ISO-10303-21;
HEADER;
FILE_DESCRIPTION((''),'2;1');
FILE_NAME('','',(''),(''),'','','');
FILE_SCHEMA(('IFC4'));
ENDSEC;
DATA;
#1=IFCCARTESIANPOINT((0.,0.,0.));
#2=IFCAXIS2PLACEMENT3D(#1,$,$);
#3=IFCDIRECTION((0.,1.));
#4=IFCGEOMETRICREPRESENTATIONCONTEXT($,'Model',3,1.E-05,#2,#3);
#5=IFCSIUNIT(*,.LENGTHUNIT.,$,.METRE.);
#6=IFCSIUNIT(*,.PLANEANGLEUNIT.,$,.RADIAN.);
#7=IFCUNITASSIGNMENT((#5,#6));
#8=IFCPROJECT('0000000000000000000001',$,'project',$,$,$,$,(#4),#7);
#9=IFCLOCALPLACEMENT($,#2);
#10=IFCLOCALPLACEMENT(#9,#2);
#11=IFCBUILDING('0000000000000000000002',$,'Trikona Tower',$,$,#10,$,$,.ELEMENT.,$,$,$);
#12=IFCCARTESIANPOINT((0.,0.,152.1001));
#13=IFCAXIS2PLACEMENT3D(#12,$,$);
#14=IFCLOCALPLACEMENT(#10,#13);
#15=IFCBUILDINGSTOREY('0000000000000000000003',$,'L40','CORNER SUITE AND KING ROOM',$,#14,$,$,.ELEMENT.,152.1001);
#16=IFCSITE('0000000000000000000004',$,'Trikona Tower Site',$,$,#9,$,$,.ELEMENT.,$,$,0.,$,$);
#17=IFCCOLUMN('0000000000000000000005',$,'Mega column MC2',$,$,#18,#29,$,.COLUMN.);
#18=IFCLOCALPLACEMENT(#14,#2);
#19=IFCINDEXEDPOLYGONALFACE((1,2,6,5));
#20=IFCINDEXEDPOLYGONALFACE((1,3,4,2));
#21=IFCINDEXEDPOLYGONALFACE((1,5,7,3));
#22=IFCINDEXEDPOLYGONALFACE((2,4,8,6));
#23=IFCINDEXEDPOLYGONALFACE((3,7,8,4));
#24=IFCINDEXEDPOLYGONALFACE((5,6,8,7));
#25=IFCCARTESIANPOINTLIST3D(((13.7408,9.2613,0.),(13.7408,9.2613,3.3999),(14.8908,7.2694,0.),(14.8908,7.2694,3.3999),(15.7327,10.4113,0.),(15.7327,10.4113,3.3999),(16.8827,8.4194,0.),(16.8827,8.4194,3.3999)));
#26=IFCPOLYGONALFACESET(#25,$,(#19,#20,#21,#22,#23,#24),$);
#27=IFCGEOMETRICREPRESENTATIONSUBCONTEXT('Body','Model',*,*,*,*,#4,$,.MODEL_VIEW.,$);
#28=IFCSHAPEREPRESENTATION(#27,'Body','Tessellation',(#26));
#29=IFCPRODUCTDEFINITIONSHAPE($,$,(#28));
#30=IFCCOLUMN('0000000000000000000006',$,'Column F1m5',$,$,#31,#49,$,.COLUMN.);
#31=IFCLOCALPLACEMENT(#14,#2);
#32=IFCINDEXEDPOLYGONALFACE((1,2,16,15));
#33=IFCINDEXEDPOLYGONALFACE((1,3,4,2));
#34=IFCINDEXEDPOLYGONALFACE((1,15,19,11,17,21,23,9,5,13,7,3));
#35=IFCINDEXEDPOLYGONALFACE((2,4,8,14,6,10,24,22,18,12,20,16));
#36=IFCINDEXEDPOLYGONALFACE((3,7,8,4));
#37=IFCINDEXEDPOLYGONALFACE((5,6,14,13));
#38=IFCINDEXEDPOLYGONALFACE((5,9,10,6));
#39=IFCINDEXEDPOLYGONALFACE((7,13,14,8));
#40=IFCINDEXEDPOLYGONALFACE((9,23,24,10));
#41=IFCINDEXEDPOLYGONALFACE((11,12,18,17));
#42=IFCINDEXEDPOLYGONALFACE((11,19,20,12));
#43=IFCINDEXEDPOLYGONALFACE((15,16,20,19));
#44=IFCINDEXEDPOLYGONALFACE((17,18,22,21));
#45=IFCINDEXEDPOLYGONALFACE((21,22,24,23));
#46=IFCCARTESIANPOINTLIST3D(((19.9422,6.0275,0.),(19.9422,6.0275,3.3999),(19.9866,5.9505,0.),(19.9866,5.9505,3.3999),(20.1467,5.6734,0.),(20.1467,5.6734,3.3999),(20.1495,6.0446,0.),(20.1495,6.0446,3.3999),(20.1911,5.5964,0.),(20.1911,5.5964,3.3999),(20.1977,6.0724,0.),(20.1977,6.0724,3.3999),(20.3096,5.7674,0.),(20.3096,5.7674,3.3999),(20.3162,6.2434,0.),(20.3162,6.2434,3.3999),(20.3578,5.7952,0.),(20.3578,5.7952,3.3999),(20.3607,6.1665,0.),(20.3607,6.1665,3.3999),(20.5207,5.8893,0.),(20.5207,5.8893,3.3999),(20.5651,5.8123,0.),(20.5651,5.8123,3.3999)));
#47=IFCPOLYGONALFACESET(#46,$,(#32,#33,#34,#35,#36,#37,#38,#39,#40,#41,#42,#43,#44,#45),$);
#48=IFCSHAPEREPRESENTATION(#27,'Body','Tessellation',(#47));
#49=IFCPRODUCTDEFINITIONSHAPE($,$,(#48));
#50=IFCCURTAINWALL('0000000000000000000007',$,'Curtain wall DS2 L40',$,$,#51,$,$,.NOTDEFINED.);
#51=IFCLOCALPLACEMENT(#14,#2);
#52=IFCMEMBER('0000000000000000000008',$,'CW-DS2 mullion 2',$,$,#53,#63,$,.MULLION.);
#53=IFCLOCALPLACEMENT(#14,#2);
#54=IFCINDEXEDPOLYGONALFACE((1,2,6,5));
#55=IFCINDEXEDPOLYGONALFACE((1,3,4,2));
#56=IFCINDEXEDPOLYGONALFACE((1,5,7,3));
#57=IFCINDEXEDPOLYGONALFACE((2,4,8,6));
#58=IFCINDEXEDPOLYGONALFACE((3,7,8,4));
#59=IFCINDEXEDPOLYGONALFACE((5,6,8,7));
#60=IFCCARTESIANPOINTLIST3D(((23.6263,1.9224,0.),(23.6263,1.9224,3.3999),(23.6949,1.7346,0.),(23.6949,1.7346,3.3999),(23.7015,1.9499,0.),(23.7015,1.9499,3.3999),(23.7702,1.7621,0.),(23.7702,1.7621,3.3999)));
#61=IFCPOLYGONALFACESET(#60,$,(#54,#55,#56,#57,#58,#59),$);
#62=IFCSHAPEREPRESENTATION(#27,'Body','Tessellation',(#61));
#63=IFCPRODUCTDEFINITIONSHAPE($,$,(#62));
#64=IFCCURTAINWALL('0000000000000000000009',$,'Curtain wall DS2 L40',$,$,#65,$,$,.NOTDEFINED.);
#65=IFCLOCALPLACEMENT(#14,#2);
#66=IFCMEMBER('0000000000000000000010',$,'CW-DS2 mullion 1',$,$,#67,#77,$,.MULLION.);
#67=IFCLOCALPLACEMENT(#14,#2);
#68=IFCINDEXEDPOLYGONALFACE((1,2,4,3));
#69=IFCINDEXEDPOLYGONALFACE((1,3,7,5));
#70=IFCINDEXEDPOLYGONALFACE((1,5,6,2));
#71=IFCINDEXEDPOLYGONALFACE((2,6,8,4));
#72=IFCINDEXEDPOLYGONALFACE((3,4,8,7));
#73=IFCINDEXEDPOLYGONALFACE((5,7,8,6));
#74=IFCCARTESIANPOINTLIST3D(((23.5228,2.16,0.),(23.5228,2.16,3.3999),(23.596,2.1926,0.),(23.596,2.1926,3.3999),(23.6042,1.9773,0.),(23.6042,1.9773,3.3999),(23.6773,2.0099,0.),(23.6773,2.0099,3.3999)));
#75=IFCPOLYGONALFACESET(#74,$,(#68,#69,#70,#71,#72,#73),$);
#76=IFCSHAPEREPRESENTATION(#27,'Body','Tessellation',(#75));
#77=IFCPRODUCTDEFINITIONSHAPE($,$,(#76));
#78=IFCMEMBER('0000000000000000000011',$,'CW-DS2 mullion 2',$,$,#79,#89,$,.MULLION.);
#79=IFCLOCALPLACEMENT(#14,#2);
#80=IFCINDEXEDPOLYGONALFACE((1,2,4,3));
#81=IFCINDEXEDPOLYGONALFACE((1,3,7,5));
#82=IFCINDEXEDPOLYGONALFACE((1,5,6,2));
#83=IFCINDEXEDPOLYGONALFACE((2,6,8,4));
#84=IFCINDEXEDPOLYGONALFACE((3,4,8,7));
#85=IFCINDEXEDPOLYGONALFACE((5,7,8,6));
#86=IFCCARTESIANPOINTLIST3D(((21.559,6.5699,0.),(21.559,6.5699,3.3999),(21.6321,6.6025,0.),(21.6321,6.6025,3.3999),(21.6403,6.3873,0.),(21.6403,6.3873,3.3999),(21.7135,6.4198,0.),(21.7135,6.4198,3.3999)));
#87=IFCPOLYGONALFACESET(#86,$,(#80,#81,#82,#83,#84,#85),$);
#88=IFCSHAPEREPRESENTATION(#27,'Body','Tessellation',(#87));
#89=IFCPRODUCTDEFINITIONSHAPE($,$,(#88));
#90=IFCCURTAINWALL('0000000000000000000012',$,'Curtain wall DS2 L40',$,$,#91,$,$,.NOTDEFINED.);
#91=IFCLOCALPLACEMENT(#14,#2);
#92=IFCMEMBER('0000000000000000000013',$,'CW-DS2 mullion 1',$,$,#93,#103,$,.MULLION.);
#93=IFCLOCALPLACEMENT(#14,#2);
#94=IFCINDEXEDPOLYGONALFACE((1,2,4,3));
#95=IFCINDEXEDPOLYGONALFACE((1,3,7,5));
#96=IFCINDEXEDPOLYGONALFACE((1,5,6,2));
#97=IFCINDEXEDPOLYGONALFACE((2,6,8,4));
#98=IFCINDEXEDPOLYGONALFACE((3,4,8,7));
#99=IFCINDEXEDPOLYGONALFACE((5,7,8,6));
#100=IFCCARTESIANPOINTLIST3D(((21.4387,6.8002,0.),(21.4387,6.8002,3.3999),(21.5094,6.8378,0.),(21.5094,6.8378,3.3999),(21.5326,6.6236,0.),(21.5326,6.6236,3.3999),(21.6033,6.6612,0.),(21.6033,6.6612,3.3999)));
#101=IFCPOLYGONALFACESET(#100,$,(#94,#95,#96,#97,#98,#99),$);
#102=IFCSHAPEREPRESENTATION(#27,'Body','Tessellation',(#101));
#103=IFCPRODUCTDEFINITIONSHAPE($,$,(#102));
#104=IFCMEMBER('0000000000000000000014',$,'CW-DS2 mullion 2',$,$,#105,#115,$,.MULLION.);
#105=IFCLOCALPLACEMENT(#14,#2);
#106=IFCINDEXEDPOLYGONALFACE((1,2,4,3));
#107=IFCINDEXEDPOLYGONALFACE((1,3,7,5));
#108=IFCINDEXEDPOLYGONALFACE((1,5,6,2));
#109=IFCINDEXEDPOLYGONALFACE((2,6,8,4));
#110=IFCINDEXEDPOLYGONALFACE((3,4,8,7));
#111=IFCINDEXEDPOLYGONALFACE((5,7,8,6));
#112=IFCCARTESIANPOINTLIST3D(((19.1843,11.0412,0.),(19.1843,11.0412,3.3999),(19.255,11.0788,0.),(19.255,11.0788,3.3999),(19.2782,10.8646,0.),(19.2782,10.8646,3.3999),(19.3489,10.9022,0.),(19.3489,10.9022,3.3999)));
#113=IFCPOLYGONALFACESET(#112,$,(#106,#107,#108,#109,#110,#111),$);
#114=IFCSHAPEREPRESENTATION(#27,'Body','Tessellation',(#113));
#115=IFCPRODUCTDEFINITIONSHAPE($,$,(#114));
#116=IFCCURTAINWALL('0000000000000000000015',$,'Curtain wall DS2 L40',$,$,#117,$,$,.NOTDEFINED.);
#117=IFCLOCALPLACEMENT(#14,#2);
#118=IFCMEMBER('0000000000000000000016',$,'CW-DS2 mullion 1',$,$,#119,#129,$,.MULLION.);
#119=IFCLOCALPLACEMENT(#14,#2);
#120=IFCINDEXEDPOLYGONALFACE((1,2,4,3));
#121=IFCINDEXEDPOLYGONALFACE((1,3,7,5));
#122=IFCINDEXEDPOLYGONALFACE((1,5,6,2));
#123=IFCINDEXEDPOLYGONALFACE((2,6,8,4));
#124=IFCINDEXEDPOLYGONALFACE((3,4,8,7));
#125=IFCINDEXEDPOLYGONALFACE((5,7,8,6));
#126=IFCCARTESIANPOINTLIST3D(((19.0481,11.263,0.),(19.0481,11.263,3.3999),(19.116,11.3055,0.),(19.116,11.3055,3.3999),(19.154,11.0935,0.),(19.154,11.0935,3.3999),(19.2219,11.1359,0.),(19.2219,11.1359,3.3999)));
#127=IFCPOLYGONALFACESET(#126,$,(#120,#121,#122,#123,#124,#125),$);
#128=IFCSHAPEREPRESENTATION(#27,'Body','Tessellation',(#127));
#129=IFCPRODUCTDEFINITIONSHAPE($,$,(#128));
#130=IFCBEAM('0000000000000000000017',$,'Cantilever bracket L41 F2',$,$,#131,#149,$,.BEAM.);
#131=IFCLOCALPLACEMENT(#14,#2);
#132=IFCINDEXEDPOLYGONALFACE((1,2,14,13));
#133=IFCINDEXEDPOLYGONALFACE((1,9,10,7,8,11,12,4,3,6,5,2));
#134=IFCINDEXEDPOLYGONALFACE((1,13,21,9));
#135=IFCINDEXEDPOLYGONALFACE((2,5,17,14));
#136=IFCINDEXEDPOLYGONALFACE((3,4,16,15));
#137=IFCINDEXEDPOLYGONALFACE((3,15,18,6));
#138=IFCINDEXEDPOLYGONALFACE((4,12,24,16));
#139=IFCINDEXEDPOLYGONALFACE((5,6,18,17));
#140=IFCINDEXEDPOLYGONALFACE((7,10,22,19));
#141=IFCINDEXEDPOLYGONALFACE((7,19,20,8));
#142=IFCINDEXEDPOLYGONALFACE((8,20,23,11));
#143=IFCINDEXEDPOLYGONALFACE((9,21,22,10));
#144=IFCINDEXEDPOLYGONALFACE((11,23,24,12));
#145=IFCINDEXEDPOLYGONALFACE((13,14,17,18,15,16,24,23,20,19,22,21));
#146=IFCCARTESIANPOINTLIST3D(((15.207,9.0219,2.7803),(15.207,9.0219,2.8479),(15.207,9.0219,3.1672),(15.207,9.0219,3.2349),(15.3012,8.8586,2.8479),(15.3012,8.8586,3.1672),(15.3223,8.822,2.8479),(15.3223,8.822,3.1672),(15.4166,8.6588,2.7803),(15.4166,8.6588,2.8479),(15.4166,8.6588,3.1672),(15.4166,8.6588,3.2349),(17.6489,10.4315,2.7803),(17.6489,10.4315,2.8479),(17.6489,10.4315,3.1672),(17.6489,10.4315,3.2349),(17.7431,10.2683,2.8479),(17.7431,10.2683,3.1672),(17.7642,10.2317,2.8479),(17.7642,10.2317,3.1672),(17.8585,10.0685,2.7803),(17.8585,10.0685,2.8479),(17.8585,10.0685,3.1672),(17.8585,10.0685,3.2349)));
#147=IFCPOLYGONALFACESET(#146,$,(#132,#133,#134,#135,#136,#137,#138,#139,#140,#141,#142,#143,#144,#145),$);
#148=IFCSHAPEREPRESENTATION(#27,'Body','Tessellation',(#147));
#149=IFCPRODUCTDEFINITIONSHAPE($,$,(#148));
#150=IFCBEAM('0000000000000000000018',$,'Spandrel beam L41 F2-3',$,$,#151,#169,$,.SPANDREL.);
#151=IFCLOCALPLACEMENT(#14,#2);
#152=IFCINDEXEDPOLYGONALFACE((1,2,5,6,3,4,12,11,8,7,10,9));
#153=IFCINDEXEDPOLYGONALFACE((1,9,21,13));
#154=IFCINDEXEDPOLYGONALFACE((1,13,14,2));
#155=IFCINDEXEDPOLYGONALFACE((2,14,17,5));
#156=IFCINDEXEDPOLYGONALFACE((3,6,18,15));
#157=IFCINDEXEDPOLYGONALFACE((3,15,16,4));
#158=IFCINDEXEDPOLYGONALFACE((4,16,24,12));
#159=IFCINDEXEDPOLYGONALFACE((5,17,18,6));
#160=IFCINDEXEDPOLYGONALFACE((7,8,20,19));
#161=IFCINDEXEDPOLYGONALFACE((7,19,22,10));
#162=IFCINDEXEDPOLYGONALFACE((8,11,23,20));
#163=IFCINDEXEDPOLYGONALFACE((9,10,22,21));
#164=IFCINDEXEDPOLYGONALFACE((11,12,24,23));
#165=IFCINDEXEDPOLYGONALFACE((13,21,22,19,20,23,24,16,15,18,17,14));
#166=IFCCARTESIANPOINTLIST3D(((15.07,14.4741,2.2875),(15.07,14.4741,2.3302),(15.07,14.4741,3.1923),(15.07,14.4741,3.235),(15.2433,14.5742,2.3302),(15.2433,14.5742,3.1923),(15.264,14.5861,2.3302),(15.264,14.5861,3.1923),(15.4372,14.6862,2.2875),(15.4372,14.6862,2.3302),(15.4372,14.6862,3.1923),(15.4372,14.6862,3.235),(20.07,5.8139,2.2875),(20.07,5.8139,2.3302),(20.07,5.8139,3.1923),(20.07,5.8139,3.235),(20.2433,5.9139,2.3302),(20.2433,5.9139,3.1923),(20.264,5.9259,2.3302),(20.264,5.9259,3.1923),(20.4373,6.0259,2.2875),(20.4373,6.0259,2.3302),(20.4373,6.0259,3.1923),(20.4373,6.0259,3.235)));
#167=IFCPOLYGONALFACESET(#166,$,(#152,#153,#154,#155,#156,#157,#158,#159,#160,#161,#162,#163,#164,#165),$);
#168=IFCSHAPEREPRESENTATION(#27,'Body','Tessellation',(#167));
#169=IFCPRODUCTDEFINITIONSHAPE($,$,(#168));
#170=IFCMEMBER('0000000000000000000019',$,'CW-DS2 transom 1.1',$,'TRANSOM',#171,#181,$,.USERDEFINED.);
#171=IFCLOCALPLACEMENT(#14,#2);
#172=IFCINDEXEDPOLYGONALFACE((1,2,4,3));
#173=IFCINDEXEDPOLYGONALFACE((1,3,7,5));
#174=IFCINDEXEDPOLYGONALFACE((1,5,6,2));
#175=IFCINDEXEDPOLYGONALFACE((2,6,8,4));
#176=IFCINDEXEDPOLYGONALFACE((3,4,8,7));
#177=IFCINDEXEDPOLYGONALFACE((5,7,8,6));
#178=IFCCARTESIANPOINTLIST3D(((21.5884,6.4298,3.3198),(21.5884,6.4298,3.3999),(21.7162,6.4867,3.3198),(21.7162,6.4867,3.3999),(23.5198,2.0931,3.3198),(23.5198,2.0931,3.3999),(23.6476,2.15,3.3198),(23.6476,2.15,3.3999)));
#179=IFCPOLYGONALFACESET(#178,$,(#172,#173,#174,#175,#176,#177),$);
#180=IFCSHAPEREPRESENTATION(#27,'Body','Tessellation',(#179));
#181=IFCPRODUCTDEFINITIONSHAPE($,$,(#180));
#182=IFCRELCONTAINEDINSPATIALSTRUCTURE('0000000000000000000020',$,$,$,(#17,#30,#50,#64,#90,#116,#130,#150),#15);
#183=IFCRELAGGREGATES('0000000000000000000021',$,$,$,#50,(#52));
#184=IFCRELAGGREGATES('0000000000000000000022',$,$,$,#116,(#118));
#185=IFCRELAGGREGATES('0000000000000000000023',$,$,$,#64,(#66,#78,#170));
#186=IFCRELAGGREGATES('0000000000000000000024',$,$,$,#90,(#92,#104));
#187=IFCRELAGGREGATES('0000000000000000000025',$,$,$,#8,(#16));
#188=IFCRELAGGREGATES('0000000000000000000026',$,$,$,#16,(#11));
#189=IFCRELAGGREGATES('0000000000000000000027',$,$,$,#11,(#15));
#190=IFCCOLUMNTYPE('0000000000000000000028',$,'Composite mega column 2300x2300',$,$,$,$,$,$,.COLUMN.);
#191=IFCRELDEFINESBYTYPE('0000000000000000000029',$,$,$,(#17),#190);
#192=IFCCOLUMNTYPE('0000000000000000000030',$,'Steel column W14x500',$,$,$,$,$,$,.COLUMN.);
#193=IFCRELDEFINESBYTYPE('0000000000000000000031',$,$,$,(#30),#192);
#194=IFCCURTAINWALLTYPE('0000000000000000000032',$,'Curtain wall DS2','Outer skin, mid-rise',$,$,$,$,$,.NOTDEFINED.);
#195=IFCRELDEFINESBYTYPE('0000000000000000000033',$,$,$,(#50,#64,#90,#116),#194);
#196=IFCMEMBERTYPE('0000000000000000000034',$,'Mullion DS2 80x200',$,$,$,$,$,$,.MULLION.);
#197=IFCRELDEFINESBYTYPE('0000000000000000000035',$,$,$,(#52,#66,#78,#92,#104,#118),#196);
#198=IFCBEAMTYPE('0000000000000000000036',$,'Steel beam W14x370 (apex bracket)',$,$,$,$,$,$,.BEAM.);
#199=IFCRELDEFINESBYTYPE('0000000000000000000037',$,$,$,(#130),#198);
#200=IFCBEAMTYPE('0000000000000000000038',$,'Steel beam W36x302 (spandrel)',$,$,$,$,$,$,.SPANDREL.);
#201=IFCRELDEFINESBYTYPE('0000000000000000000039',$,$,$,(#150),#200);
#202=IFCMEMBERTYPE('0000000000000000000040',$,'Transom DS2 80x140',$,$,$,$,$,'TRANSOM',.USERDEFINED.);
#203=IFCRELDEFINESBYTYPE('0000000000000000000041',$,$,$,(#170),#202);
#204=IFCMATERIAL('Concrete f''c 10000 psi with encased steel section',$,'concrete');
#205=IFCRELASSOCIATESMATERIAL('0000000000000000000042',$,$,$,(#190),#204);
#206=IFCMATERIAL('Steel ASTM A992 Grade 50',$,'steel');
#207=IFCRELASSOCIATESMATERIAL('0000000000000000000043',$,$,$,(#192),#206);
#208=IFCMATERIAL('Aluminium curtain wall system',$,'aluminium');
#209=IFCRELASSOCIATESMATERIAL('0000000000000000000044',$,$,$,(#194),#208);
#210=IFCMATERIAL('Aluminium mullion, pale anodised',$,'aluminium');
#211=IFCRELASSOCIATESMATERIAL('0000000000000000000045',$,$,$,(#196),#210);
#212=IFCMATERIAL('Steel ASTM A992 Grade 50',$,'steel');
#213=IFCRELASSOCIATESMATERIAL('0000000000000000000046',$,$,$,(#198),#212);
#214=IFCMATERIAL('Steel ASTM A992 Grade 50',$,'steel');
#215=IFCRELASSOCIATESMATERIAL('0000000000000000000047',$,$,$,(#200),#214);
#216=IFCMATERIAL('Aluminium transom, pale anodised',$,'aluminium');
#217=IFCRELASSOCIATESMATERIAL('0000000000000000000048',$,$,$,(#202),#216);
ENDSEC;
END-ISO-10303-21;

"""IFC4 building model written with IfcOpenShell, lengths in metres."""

from ifc_helpers import new_model, si_unit, direction, frame, origin, origin_2d, place, context, subcontext, project, spatial, rectangle, i_section, extrude, material, material_profile, profile_set, type_object, element, aggregate, save


model = new_model("IFC4")

# Units and contexts
model_context = context("Model", 3, precision=1e-05, world=origin(), true_north=direction((0.0, 1.0)))
body_context = subcontext(model_context, "Body", "Model", "MODEL_VIEW")
ifc_project = project(units=[si_unit("LENGTHUNIT", "METRE"), si_unit("PLANEANGLEUNIT", "RADIAN")], contexts=[model_context])

# Site, building, storey
site_placement = place(None, origin())
site = spatial("IfcSite", under=ifc_project, at=site_placement, Name="Trikona Tower Site", CompositionType="ELEMENT", RefElevation=0.0)
building_placement = place(site_placement, origin())
building = spatial("IfcBuilding", under=site, at=building_placement, Name="Trikona Tower", CompositionType="ELEMENT")
storey_placement = place(building_placement, frame((0.0, 0.0, 152.1001)))
storey = spatial("IfcBuildingStorey", under=building, at=storey_placement, Name="L40", Description="CORNER SUITE AND KING ROOM", CompositionType="ELEMENT", Elevation=152.1001)

# Columns
ifc_material_1 = material(Name="Concrete f'c 10000 psi with encased steel section", Category="concrete")
ifc_material_profile_1 = material_profile(ifc_material_1, rectangle(XDim=2.3, YDim=2.3, at=origin_2d()), Name="MC2300")
ifc_profile_set_1 = profile_set([ifc_material_profile_1], Name="Concrete f'c 10000 psi with encased steel section")
column_type_1 = type_object("IfcColumnType", Name="Composite mega column 2300x2300", PredefinedType="COLUMN", material=ifc_profile_set_1)
column_1_placement = place(storey_placement, frame((15.3118, 8.8403, 0.0), z_axis=(0.0, 0.0, 1.0), x_axis=(0.866025, 0.5, 0.0)))
element("IfcColumn", 1, at=column_1_placement, inside=storey, type_object=column_type_1, Name="Mega column MC2", PredefinedType="COLUMN", context=body_context, shape_type="SweptSolid", body=[
    extrude(rectangle(XDim=2.3, YDim=2.3, at=origin_2d()), origin(), (0.0, 0.0, 1.0), 3.3999),
])
ifc_material_2 = material(Name="Steel ASTM A992 Grade 50", Category="steel")
ifc_material_profile_2 = material_profile(ifc_material_2, i_section(OverallWidth=0.4319, OverallDepth=0.4978, WebThickness=0.0557, FlangeThickness=0.0889, at=origin_2d()), Name="W14X500")
ifc_profile_set_2 = profile_set([ifc_material_profile_2], Name="Steel ASTM A992 Grade 50")
column_type_2 = type_object("IfcColumnType", Name="Steel column W14x500", PredefinedType="COLUMN", material=ifc_profile_set_2)
column_2_placement = place(storey_placement, frame((20.2537, 5.9199, 0.0), z_axis=(0.0, 0.0, 1.0), x_axis=(0.866025, 0.5, 0.0)))
element("IfcColumn", 2, at=column_2_placement, inside=storey, type_object=column_type_2, Name="Column F1m5", PredefinedType="COLUMN", context=body_context, shape_type="SweptSolid", body=[
    extrude(i_section(OverallWidth=0.4319, OverallDepth=0.4978, WebThickness=0.0557, FlangeThickness=0.0889, at=origin_2d()), origin(), (0.0, 0.0, 1.0), 3.3999),
])

# Curtain wall, member
ifc_material_3 = material(Name="Aluminium curtain wall system", Category="aluminium")
curtain_wall_type = type_object("IfcCurtainWallType", Name="Curtain wall DS2", Description="Outer skin, mid-rise", PredefinedType="NOTDEFINED", material=ifc_material_3)
curtain_wall_1_placement = place(storey_placement, origin())
curtain_wall_1 = element("IfcCurtainWall", 3, at=curtain_wall_1_placement, inside=storey, type_object=curtain_wall_type, Name="Curtain wall DS2 L40", PredefinedType="NOTDEFINED")
ifc_material_4 = material(Name="Aluminium mullion, pale anodised", Category="aluminium")
ifc_material_profile_3 = material_profile(ifc_material_4, rectangle(XDim=0.0801, YDim=0.2, at=origin_2d()), Name="MUL-DS2")
ifc_profile_set_3 = profile_set([ifc_material_profile_3], Name="Aluminium mullion, pale anodised")
member_type_1 = type_object("IfcMemberType", Name="Mullion DS2 80x200", PredefinedType="MULLION", material=ifc_profile_set_3)
member_1_placement = place(storey_placement, frame((23.6982, 1.8423, 0.0), z_axis=(0.0, 0.0, 1.0), x_axis=(-0.939254, -0.343223, 0.0)))
member_1 = element("IfcMember", 4, at=member_1_placement, type_object=member_type_1, Name="CW-DS2 mullion 2", PredefinedType="MULLION", context=body_context, shape_type="SweptSolid", body=[
    extrude(rectangle(XDim=0.0801, YDim=0.2, at=origin_2d()), origin(), (0.0, 0.0, 1.0), 3.3999),
])
aggregate(curtain_wall_1, [member_1])

# Curtain walls, members
curtain_wall_2_placement = place(storey_placement, origin())
curtain_wall_2 = element("IfcCurtainWall", 5, at=curtain_wall_2_placement, inside=storey, type_object=curtain_wall_type, Name="Curtain wall DS2 L40", PredefinedType="NOTDEFINED")
member_2_placement = place(storey_placement, frame((23.6001, 2.085, 0.0), z_axis=(0.0, 0.0, 1.0), x_axis=(-0.913501, -0.406836, 0.0)))
member_2 = element("IfcMember", 6, at=member_2_placement, type_object=member_type_1, Name="CW-DS2 mullion 1", PredefinedType="MULLION", context=body_context, shape_type="SweptSolid", body=[
    extrude(rectangle(XDim=0.0801, YDim=0.2, at=origin_2d()), origin(), (0.0, 0.0, 1.0), 3.3999),
])
member_3_placement = place(storey_placement, frame((21.6362, 6.4949, 0.0), z_axis=(0.0, 0.0, 1.0), x_axis=(-0.913501, -0.406836, 0.0)))
member_3 = element("IfcMember", 7, at=member_3_placement, type_object=member_type_1, Name="CW-DS2 mullion 2", PredefinedType="MULLION", context=body_context, shape_type="SweptSolid", body=[
    extrude(rectangle(XDim=0.0801, YDim=0.2, at=origin_2d()), origin(), (0.0, 0.0, 1.0), 3.3999),
])
curtain_wall_3_placement = place(storey_placement, origin())
curtain_wall_3 = element("IfcCurtainWall", 8, at=curtain_wall_3_placement, inside=storey, type_object=curtain_wall_type, Name="Curtain wall DS2 L40", PredefinedType="NOTDEFINED")
member_4_placement = place(storey_placement, frame((21.521, 6.7307, 0.0), z_axis=(0.0, 0.0, 1.0), x_axis=(-0.882996, -0.46938, 0.0)))
member_4 = element("IfcMember", 9, at=member_4_placement, type_object=member_type_1, Name="CW-DS2 mullion 1", PredefinedType="MULLION", context=body_context, shape_type="SweptSolid", body=[
    extrude(rectangle(XDim=0.0801, YDim=0.2, at=origin_2d()), origin(), (0.0, 0.0, 1.0), 3.3999),
])
member_5_placement = place(storey_placement, frame((19.2666, 10.9717, 0.0), z_axis=(0.0, 0.0, 1.0), x_axis=(-0.882996, -0.46938, 0.0)))
member_5 = element("IfcMember", 10, at=member_5_placement, type_object=member_type_1, Name="CW-DS2 mullion 2", PredefinedType="MULLION", context=body_context, shape_type="SweptSolid", body=[
    extrude(rectangle(XDim=0.0801, YDim=0.2, at=origin_2d()), origin(), (0.0, 0.0, 1.0), 3.3999),
])

# Curtain wall, member
curtain_wall_4_placement = place(storey_placement, origin())
curtain_wall_4 = element("IfcCurtainWall", 11, at=curtain_wall_4_placement, inside=storey, type_object=curtain_wall_type, Name="Curtain wall DS2 L40", PredefinedType="NOTDEFINED")
member_6_placement = place(storey_placement, frame((19.135, 11.1995, 0.0), z_axis=(0.0, 0.0, 1.0), x_axis=(-0.847998, -0.529999, 0.0)))
member_6 = element("IfcMember", 12, at=member_6_placement, type_object=member_type_1, Name="CW-DS2 mullion 1", PredefinedType="MULLION", context=body_context, shape_type="SweptSolid", body=[
    extrude(rectangle(XDim=0.0801, YDim=0.2, at=origin_2d()), origin(), (0.0, 0.0, 1.0), 3.3999),
])
aggregate(curtain_wall_4, [member_6])

# Beams
ifc_material_5 = material(Name="Steel ASTM A992 Grade 50", Category="steel")
ifc_material_profile_4 = material_profile(ifc_material_5, i_section(OverallWidth=0.4192, OverallDepth=0.4546, WebThickness=0.0422, FlangeThickness=0.0676, at=origin_2d()), Name="W14X370")
ifc_profile_set_4 = profile_set([ifc_material_profile_4], Name="Steel ASTM A992 Grade 50")
beam_type_1 = type_object("IfcBeamType", Name="Steel beam W14x370 (apex bracket)", PredefinedType="BEAM", material=ifc_profile_set_4)
beam_1_placement = place(storey_placement, frame((15.3118, 8.8403, 3.0076), z_axis=(0.86605, 0.499957, 0.0), x_axis=(-0.499957, 0.86605, 0.0)))
element("IfcBeam", 13, at=beam_1_placement, inside=storey, type_object=beam_type_1, Name="Cantilever bracket L41 F2", PredefinedType="BEAM", context=body_context, shape_type="SweptSolid", body=[
    extrude(i_section(OverallWidth=0.4192, OverallDepth=0.4546, WebThickness=0.0422, FlangeThickness=0.0676, at=origin_2d()), origin(), (0.0, 0.0, 1.0), 2.8196),
])
ifc_material_6 = material(Name="Steel ASTM A992 Grade 50", Category="steel")
ifc_material_profile_5 = material_profile(ifc_material_6, i_section(OverallWidth=0.4241, OverallDepth=0.9475, WebThickness=0.0239, FlangeThickness=0.0427, at=origin_2d()), Name="W36X302")
ifc_profile_set_5 = profile_set([ifc_material_profile_5], Name="Steel ASTM A992 Grade 50")
beam_type_2 = type_object("IfcBeamType", Name="Steel beam W36x302 (spandrel)", PredefinedType="SPANDREL", material=ifc_profile_set_5)
beam_2_placement = place(storey_placement, frame((20.2537, 5.9199, 2.7612), z_axis=(-0.500004, 0.866023, 0.0), x_axis=(-0.866023, -0.500004, 0.0)))
element("IfcBeam", 14, at=beam_2_placement, inside=storey, type_object=beam_type_2, Name="Spandrel beam L41 F2-3", PredefinedType="SPANDREL", context=body_context, shape_type="SweptSolid", body=[
    extrude(i_section(OverallWidth=0.4241, OverallDepth=0.9475, WebThickness=0.0239, FlangeThickness=0.0427, at=origin_2d()), origin(), (0.0, 0.0, 1.0), 10.0),
])

# Member
ifc_material_7 = material(Name="Aluminium transom, pale anodised", Category="aluminium")
ifc_material_profile_6 = material_profile(ifc_material_7, rectangle(XDim=0.1399, YDim=0.0801, at=origin_2d()), Name="TRN-DS2")
ifc_profile_set_6 = profile_set([ifc_material_profile_6], Name="Aluminium transom, pale anodised")
member_type_2 = type_object("IfcMemberType", Name="Transom DS2 80x140", ElementType="TRANSOM", PredefinedType="USERDEFINED", material=ifc_profile_set_6)
member_7_placement = place(storey_placement, frame((23.5837, 2.1216, 3.3599), z_axis=(-0.40684, 0.9135, 0.0), x_axis=(-0.9135, -0.40684, 0.0)))
member_7 = element("IfcMember", 15, at=member_7_placement, type_object=member_type_2, Name="CW-DS2 transom 1.1", ObjectType="TRANSOM", PredefinedType="USERDEFINED", context=body_context, shape_type="SweptSolid", body=[
    extrude(rectangle(XDim=0.1399, YDim=0.0801, at=origin_2d()), origin(), (0.0, 0.0, 1.0), 4.7473),
])

aggregate(curtain_wall_2, [member_2, member_3, member_7])
aggregate(curtain_wall_3, [member_4, member_5])

save(model, "model.ifc")
